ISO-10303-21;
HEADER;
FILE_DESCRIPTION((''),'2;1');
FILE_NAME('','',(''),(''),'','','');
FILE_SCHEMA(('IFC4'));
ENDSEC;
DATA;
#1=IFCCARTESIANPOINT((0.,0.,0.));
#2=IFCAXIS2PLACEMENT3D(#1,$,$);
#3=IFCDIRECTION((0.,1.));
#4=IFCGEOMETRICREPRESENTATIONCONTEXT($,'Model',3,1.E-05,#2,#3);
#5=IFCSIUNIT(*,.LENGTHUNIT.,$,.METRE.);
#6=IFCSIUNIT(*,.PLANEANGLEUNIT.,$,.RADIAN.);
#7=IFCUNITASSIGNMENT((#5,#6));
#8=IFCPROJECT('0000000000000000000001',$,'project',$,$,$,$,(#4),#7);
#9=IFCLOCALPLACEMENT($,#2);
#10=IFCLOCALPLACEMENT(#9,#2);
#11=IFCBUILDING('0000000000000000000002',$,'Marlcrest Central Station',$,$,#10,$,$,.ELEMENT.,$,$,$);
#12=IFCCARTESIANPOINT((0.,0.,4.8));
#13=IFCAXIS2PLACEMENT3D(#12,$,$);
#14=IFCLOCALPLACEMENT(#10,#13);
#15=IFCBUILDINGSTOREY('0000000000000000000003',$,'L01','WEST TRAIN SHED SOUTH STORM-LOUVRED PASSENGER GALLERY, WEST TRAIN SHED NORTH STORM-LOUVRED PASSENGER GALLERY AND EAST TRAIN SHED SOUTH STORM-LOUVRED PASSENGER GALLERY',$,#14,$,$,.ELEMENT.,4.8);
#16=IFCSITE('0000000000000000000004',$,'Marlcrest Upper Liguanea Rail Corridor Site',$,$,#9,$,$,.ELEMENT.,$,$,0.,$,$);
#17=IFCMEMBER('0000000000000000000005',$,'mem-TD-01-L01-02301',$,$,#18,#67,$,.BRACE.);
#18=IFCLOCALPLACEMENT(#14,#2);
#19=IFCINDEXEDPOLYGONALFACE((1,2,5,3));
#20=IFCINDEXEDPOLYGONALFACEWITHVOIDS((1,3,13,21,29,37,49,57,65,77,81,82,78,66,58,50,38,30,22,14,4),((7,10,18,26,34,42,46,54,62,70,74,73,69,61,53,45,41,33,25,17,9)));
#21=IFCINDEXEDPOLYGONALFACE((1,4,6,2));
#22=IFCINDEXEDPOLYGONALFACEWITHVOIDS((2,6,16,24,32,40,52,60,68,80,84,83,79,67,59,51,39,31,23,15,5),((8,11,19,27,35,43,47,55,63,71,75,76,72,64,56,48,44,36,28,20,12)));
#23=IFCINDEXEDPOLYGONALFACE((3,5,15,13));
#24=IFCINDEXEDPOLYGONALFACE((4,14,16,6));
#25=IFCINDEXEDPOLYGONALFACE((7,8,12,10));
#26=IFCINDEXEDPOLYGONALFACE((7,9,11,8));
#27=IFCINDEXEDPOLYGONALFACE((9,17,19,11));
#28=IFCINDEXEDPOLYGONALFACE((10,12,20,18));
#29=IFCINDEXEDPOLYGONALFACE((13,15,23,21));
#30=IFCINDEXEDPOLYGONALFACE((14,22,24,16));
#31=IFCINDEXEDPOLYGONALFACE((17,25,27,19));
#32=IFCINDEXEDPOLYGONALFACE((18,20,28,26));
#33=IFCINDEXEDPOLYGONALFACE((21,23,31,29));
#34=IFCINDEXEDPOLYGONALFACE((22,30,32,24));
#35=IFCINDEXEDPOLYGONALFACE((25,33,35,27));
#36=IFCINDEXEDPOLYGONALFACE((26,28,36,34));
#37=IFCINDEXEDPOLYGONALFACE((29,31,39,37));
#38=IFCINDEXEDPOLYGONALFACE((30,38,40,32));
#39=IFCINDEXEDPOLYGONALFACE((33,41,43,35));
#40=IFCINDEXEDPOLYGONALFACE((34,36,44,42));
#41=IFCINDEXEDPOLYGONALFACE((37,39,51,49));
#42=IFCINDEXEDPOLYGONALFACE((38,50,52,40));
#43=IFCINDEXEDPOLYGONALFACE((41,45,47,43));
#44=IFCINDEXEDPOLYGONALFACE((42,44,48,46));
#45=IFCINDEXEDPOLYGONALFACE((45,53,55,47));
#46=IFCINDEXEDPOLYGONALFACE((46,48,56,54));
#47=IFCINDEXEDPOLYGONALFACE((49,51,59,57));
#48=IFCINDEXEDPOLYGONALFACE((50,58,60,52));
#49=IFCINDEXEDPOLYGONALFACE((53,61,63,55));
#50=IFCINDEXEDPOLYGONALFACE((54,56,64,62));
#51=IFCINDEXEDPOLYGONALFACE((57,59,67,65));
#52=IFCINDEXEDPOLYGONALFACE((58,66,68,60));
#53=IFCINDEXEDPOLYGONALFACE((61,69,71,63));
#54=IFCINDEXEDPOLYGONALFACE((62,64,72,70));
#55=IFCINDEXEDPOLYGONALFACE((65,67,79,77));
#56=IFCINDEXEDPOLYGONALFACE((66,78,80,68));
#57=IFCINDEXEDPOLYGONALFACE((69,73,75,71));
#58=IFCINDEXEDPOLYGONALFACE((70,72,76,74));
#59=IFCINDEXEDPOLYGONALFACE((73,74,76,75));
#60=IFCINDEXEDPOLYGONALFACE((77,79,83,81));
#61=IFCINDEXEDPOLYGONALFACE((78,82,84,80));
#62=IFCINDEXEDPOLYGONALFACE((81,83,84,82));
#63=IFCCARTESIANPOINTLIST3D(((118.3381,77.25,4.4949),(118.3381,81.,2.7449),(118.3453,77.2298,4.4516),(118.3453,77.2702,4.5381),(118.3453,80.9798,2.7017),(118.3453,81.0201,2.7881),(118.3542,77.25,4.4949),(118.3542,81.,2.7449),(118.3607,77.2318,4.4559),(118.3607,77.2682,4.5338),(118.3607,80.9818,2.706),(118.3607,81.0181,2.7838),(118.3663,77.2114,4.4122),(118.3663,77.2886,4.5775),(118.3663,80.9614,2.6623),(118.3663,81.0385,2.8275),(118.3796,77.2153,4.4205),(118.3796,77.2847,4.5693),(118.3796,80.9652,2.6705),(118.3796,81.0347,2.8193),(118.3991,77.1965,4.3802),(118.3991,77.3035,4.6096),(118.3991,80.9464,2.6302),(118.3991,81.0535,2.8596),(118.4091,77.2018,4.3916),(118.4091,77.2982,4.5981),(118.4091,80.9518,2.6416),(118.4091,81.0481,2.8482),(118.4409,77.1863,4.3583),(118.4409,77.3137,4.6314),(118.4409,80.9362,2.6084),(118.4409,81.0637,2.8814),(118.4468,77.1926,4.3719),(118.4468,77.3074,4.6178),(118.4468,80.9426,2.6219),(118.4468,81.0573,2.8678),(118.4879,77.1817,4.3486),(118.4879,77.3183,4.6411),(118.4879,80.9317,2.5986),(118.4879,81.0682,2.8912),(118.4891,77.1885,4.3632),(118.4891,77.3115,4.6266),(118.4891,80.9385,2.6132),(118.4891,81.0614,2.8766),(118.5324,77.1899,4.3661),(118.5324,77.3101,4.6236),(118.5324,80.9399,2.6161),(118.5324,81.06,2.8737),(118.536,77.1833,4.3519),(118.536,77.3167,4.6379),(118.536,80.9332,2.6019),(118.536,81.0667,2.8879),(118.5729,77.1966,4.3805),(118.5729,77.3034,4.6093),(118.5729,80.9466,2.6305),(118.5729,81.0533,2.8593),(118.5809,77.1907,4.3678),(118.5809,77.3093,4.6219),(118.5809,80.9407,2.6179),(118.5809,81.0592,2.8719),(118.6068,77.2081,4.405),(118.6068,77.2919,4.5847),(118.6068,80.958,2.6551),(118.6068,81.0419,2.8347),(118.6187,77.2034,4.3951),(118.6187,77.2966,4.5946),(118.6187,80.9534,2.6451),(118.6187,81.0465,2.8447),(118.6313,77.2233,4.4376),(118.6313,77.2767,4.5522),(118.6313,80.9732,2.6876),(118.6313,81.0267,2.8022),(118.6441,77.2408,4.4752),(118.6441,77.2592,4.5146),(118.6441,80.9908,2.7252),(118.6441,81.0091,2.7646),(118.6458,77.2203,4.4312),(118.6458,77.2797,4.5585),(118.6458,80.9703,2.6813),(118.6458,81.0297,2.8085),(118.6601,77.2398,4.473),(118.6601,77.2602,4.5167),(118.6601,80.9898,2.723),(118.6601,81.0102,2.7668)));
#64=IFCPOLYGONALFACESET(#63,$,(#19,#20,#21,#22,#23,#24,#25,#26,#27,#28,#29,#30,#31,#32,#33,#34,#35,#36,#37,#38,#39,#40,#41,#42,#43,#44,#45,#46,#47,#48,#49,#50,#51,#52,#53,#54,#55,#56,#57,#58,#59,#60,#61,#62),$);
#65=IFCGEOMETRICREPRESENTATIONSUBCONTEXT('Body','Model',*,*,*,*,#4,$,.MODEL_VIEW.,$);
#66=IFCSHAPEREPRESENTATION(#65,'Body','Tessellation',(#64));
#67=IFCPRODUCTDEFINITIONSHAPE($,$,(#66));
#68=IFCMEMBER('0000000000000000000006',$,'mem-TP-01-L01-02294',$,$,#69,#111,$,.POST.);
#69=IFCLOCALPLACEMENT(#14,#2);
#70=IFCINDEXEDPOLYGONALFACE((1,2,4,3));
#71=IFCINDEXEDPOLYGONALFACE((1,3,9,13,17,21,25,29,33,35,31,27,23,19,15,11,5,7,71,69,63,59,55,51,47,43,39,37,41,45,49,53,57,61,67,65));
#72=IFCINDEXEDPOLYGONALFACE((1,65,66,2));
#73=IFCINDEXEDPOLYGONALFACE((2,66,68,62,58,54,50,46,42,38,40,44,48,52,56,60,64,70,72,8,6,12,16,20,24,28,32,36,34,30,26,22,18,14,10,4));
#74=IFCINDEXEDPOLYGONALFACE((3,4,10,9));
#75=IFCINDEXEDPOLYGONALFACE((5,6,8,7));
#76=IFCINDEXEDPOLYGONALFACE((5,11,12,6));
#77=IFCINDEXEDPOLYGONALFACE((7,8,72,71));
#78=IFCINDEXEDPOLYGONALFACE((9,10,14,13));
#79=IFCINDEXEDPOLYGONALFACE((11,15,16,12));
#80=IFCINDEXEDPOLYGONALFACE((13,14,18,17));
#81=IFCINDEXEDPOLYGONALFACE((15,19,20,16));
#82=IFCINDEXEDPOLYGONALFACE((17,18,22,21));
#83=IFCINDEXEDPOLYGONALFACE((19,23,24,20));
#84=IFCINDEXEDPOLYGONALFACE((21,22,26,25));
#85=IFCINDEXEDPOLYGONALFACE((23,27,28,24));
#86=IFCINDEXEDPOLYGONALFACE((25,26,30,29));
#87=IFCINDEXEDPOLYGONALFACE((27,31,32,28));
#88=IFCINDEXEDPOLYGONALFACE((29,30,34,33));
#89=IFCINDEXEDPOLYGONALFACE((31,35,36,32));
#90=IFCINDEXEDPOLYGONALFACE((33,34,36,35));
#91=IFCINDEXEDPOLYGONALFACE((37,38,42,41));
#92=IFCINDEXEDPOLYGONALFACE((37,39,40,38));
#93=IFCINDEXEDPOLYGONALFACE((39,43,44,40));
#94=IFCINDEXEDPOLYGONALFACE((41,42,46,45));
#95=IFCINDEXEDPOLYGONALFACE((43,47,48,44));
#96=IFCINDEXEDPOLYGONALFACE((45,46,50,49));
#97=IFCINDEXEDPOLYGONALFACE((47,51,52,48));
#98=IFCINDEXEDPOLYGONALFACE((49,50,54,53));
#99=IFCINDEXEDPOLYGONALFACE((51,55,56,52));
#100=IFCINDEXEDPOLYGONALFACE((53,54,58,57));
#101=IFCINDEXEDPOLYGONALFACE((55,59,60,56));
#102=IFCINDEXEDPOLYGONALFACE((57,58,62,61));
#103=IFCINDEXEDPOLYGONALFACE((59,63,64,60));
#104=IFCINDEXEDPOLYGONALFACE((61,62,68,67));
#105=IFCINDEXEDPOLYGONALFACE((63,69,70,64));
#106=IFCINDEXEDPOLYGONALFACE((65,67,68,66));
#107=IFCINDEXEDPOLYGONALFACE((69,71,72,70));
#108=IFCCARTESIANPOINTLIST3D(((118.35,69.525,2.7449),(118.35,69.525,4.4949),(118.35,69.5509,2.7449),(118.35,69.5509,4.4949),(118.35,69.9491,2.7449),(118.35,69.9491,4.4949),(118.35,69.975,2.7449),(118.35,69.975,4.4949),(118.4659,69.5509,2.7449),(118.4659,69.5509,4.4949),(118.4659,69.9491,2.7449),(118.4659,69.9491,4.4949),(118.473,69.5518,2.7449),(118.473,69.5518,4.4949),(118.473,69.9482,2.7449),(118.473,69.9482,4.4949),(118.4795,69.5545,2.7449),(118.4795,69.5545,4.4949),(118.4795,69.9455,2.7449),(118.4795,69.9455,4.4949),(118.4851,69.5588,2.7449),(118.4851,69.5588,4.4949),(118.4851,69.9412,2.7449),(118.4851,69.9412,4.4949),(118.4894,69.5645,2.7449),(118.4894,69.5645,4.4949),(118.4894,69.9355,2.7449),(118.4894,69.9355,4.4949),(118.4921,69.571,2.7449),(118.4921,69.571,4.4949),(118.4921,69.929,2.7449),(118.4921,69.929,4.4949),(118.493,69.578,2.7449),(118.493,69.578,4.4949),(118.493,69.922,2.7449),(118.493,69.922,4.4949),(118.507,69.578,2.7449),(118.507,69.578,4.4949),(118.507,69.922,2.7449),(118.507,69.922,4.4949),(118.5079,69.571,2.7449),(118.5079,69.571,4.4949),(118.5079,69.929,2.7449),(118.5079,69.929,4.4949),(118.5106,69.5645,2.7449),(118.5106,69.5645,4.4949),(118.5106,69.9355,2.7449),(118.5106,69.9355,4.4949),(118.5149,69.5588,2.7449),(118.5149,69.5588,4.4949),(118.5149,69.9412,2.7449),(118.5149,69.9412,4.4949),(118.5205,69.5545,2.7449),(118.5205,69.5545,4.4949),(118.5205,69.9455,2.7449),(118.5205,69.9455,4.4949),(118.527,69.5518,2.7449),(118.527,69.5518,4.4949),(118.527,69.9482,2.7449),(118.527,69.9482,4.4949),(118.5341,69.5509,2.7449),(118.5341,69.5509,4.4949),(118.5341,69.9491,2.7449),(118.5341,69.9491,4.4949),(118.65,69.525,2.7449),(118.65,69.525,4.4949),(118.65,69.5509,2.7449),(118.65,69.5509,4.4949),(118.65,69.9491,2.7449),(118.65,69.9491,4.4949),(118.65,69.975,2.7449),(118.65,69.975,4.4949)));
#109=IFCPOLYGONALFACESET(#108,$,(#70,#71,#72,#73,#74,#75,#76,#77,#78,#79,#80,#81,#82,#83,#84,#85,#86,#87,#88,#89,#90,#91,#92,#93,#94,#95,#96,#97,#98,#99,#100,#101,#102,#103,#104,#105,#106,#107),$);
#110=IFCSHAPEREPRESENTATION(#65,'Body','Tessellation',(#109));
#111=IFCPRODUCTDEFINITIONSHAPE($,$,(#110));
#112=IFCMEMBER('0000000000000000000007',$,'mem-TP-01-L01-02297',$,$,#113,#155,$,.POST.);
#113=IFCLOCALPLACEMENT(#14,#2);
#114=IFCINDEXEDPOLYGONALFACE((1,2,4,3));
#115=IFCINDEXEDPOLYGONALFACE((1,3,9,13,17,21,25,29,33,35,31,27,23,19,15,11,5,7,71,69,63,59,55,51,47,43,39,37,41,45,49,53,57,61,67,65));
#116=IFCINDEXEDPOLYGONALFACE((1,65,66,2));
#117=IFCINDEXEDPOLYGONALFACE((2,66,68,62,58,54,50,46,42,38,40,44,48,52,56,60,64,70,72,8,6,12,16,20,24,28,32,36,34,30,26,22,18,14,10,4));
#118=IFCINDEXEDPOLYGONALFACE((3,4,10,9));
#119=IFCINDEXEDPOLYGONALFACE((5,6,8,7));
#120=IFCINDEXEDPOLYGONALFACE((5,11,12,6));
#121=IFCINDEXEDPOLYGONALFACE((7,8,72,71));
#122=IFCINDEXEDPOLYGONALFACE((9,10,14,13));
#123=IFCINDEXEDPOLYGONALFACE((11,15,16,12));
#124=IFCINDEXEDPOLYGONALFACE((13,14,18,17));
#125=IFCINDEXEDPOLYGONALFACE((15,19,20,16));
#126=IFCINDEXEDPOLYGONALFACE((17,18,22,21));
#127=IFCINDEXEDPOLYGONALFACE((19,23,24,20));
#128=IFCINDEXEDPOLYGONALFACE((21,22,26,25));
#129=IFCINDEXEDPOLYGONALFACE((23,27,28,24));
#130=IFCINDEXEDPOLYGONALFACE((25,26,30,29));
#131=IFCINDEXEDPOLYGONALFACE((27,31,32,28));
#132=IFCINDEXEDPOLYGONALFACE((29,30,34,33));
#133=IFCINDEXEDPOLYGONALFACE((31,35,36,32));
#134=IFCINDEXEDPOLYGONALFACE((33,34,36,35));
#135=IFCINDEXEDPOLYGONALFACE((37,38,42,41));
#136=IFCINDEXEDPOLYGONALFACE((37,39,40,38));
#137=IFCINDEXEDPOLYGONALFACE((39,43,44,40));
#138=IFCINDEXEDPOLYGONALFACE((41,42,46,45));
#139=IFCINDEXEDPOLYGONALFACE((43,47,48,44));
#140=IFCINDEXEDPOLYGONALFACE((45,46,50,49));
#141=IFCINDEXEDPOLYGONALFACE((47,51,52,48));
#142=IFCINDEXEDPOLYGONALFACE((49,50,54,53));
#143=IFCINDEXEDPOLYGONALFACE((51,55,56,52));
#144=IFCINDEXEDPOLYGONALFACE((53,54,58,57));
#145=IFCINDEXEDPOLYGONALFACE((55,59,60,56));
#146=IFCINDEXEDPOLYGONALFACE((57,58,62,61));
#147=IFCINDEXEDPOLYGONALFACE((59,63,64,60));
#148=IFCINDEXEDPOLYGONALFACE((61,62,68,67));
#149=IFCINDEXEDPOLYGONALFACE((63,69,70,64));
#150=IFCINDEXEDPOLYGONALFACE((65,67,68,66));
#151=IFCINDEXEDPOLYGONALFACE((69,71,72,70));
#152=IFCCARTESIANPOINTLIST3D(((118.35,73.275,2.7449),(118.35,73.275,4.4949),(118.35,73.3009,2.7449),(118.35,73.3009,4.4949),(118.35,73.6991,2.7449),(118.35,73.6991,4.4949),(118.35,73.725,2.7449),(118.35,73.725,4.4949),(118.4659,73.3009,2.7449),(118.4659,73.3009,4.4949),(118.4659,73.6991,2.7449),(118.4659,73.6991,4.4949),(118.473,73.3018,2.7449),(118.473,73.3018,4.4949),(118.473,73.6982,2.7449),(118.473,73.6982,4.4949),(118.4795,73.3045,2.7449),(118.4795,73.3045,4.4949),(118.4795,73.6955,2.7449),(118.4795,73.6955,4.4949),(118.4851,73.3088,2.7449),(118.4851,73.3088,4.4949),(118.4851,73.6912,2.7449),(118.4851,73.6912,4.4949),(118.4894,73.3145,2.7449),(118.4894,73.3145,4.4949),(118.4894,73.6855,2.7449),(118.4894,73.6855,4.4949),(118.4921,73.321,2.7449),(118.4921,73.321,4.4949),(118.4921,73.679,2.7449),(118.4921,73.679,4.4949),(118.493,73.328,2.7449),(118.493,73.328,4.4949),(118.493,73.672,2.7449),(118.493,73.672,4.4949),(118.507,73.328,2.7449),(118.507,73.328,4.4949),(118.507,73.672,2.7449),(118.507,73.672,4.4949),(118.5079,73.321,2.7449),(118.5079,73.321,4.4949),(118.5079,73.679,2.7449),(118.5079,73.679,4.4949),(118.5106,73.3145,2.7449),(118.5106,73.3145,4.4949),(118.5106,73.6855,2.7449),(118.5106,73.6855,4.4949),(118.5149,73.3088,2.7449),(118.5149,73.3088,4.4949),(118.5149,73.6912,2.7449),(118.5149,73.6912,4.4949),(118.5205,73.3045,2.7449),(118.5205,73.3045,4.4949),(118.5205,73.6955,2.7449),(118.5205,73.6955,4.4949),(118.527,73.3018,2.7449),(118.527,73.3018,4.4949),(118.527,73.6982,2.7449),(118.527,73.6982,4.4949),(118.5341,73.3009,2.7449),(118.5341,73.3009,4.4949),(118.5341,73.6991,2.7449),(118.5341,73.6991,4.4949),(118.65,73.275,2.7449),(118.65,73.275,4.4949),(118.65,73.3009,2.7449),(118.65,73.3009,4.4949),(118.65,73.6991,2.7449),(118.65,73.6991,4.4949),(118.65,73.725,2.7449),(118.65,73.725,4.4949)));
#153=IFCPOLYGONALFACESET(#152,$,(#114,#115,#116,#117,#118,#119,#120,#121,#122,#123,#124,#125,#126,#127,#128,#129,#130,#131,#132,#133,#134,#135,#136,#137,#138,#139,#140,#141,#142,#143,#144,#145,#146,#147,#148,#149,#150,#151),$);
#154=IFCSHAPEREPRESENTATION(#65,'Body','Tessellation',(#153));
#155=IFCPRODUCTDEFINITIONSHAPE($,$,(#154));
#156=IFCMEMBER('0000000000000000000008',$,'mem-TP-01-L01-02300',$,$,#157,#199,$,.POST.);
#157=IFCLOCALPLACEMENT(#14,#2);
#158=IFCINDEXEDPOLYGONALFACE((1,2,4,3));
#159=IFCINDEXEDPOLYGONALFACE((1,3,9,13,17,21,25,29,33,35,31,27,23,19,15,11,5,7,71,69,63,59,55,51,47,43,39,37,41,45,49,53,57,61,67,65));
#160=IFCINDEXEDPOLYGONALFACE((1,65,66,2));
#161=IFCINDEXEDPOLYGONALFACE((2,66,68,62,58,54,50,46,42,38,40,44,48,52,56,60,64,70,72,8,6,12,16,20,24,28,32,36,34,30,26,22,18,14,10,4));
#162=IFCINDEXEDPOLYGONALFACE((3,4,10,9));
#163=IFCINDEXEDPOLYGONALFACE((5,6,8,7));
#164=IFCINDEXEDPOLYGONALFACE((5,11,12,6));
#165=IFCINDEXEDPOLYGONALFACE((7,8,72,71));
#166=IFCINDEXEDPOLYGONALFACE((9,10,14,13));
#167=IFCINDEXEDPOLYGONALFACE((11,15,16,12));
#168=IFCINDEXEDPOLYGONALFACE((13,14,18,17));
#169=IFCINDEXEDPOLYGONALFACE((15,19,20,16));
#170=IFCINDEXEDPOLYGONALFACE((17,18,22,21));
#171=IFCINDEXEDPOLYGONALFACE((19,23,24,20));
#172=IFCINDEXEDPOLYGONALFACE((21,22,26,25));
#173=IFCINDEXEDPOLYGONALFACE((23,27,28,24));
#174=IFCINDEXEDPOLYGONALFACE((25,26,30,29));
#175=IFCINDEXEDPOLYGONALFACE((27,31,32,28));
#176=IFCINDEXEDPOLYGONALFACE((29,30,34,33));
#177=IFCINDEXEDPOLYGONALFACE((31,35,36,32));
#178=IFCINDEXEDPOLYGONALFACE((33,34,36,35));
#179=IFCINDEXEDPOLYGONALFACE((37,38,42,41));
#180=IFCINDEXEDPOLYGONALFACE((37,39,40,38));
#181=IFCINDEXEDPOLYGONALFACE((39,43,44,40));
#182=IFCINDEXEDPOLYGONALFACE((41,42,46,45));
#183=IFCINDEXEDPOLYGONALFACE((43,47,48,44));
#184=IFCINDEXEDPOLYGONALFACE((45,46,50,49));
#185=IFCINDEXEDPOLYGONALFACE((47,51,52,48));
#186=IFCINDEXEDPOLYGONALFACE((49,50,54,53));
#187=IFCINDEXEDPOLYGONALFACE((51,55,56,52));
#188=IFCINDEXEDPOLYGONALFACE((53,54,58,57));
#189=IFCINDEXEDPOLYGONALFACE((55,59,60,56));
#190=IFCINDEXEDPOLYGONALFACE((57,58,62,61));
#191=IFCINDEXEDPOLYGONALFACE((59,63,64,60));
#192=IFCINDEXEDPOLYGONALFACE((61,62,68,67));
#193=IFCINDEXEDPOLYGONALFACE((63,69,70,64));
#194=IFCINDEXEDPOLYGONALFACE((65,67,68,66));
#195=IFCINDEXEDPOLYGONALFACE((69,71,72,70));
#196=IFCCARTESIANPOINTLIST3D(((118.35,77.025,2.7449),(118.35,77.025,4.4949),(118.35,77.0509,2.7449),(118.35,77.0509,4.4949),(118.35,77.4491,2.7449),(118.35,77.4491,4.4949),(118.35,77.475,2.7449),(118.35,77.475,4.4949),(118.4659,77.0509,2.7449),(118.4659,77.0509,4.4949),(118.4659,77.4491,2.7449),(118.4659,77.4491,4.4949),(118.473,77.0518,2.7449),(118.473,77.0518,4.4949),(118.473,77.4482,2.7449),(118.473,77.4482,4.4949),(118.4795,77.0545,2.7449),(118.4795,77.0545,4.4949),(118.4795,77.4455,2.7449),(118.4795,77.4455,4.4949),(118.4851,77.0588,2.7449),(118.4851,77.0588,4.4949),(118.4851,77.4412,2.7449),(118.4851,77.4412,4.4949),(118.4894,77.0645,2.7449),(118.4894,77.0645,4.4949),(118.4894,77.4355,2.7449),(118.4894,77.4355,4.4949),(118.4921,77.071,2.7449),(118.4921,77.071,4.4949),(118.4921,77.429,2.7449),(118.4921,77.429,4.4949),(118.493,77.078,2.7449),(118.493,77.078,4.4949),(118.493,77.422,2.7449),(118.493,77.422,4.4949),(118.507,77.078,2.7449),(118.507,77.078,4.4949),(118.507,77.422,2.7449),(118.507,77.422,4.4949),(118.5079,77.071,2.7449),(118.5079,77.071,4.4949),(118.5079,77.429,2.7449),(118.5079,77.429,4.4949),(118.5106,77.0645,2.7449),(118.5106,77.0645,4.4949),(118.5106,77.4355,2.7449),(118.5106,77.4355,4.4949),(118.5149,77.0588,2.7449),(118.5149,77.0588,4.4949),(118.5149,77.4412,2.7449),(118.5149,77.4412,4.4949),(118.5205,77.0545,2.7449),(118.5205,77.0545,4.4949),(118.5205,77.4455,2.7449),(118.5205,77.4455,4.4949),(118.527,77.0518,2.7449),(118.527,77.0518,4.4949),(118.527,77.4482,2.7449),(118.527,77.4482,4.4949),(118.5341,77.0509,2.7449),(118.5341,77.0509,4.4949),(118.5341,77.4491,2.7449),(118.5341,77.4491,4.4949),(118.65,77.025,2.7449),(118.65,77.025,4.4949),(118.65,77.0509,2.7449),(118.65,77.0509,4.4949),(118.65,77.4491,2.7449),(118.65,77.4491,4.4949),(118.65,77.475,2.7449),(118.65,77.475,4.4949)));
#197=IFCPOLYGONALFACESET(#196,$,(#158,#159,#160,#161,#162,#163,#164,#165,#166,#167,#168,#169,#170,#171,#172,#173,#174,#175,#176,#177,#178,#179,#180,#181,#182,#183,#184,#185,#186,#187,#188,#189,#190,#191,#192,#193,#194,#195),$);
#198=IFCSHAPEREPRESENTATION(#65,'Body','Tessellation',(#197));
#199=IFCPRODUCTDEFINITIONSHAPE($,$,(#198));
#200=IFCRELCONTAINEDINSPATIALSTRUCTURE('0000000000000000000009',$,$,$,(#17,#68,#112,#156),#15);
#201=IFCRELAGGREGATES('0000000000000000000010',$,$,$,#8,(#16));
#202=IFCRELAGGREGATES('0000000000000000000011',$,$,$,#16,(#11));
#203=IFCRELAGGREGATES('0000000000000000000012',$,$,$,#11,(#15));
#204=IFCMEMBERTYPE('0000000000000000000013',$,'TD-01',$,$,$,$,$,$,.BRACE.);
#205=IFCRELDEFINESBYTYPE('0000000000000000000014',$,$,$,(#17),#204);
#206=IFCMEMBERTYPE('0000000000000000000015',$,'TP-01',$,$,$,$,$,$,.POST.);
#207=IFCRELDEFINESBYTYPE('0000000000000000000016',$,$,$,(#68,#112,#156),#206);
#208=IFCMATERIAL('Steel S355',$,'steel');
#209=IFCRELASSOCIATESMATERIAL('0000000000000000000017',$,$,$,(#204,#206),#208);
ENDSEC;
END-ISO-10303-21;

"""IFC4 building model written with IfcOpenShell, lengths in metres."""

from ifc_helpers import new_model, si_unit, direction, frame, origin, origin_2d, place, context, subcontext, project, spatial, hollow_circle, i_section, extrude, material, material_profile, profile_set, type_object, element, save


model = new_model("IFC4")

# Units and contexts
model_context = context("Model", 3, precision=1e-05, world=origin(), true_north=direction((0.0, 1.0)))
body_context = subcontext(model_context, "Body", "Model", "MODEL_VIEW")
ifc_project = project(units=[si_unit("LENGTHUNIT", "METRE"), si_unit("PLANEANGLEUNIT", "RADIAN")], contexts=[model_context])

# Site, building, storey
site_placement = place(None, origin())
site = spatial("IfcSite", under=ifc_project, at=site_placement, Name="Marlcrest Upper Liguanea Rail Corridor Site", CompositionType="ELEMENT", RefElevation=0.0)
building_placement = place(site_placement, origin())
building = spatial("IfcBuilding", under=site, at=building_placement, Name="Marlcrest Central Station", CompositionType="ELEMENT")
storey_placement = place(building_placement, frame((0.0, 0.0, 4.8)))
storey = spatial("IfcBuildingStorey", under=building, at=storey_placement, Name="L01", Description="WEST TRAIN SHED SOUTH STORM-LOUVRED PASSENGER GALLERY, WEST TRAIN SHED NORTH STORM-LOUVRED PASSENGER GALLERY AND EAST TRAIN SHED SOUTH STORM-LOUVRED PASSENGER GALLERY", CompositionType="ELEMENT", Elevation=4.8)

# Shared definitions
ifc_material = material(Name="Steel S355", Category="steel")

# Members
ifc_material_profile_1 = material_profile(ifc_material, hollow_circle(Radius=0.1619, WallThickness=0.0161, at=origin_2d()), Name="CHS 323.9x16")
ifc_profile_set_1 = profile_set([ifc_material_profile_1], Name="Steel S355")
member_type_1 = type_object("IfcMemberType", Name="TD-01", PredefinedType="BRACE", material=ifc_profile_set_1)
for number, where, z_axis, x_axis, name in (
    (1, (118.5, 77.25, 4.4949), (0.0, 0.906183, -0.422885), (-1.0, 0.0, 0.0), "mem-TD-01-L01-02301"),
):
    element("IfcMember", number, at=place(storey_placement, frame(where, z_axis=z_axis, x_axis=x_axis)), inside=storey, type_object=member_type_1, Name=name, PredefinedType="BRACE", context=body_context, shape_type="SweptSolid", body=[
        extrude(hollow_circle(Radius=0.1619, WallThickness=0.0161, at=origin_2d()), origin(), (0.0, 0.0, 1.0), 4.1382),
    ])
ifc_material_profile_2 = material_profile(ifc_material, i_section(OverallWidth=0.3, OverallDepth=0.45, WebThickness=0.0139, FlangeThickness=0.0259, FilletRadius=0.0271, at=origin_2d()), Name="HEB 450")
ifc_profile_set_2 = profile_set([ifc_material_profile_2], Name="Steel S355")
member_type_2 = type_object("IfcMemberType", Name="TP-01", PredefinedType="POST", material=ifc_profile_set_2)
for number, where, z_axis, x_axis, name in (
    (2, (118.5, 69.75, 2.7449), (0.0, 0.0, 1.0), (1.0, 0.0, 0.0), "mem-TP-01-L01-02294"),
    (3, (118.5, 73.5, 2.7449), (0.0, 0.0, 1.0), (1.0, 0.0, 0.0), "mem-TP-01-L01-02297"),
    (4, (118.5, 77.25, 2.7449), (0.0, 0.0, 1.0), (1.0, 0.0, 0.0), "mem-TP-01-L01-02300"),
):
    element("IfcMember", number, at=place(storey_placement, frame(where, z_axis=z_axis, x_axis=x_axis)), inside=storey, type_object=member_type_2, Name=name, PredefinedType="POST", context=body_context, shape_type="SweptSolid", body=[
        extrude(i_section(OverallWidth=0.3, OverallDepth=0.45, WebThickness=0.0139, FlangeThickness=0.0259, FilletRadius=0.0271, at=origin_2d()), origin(), (0.0, 0.0, 1.0), 1.75),
    ])

save(model, "model.ifc")
